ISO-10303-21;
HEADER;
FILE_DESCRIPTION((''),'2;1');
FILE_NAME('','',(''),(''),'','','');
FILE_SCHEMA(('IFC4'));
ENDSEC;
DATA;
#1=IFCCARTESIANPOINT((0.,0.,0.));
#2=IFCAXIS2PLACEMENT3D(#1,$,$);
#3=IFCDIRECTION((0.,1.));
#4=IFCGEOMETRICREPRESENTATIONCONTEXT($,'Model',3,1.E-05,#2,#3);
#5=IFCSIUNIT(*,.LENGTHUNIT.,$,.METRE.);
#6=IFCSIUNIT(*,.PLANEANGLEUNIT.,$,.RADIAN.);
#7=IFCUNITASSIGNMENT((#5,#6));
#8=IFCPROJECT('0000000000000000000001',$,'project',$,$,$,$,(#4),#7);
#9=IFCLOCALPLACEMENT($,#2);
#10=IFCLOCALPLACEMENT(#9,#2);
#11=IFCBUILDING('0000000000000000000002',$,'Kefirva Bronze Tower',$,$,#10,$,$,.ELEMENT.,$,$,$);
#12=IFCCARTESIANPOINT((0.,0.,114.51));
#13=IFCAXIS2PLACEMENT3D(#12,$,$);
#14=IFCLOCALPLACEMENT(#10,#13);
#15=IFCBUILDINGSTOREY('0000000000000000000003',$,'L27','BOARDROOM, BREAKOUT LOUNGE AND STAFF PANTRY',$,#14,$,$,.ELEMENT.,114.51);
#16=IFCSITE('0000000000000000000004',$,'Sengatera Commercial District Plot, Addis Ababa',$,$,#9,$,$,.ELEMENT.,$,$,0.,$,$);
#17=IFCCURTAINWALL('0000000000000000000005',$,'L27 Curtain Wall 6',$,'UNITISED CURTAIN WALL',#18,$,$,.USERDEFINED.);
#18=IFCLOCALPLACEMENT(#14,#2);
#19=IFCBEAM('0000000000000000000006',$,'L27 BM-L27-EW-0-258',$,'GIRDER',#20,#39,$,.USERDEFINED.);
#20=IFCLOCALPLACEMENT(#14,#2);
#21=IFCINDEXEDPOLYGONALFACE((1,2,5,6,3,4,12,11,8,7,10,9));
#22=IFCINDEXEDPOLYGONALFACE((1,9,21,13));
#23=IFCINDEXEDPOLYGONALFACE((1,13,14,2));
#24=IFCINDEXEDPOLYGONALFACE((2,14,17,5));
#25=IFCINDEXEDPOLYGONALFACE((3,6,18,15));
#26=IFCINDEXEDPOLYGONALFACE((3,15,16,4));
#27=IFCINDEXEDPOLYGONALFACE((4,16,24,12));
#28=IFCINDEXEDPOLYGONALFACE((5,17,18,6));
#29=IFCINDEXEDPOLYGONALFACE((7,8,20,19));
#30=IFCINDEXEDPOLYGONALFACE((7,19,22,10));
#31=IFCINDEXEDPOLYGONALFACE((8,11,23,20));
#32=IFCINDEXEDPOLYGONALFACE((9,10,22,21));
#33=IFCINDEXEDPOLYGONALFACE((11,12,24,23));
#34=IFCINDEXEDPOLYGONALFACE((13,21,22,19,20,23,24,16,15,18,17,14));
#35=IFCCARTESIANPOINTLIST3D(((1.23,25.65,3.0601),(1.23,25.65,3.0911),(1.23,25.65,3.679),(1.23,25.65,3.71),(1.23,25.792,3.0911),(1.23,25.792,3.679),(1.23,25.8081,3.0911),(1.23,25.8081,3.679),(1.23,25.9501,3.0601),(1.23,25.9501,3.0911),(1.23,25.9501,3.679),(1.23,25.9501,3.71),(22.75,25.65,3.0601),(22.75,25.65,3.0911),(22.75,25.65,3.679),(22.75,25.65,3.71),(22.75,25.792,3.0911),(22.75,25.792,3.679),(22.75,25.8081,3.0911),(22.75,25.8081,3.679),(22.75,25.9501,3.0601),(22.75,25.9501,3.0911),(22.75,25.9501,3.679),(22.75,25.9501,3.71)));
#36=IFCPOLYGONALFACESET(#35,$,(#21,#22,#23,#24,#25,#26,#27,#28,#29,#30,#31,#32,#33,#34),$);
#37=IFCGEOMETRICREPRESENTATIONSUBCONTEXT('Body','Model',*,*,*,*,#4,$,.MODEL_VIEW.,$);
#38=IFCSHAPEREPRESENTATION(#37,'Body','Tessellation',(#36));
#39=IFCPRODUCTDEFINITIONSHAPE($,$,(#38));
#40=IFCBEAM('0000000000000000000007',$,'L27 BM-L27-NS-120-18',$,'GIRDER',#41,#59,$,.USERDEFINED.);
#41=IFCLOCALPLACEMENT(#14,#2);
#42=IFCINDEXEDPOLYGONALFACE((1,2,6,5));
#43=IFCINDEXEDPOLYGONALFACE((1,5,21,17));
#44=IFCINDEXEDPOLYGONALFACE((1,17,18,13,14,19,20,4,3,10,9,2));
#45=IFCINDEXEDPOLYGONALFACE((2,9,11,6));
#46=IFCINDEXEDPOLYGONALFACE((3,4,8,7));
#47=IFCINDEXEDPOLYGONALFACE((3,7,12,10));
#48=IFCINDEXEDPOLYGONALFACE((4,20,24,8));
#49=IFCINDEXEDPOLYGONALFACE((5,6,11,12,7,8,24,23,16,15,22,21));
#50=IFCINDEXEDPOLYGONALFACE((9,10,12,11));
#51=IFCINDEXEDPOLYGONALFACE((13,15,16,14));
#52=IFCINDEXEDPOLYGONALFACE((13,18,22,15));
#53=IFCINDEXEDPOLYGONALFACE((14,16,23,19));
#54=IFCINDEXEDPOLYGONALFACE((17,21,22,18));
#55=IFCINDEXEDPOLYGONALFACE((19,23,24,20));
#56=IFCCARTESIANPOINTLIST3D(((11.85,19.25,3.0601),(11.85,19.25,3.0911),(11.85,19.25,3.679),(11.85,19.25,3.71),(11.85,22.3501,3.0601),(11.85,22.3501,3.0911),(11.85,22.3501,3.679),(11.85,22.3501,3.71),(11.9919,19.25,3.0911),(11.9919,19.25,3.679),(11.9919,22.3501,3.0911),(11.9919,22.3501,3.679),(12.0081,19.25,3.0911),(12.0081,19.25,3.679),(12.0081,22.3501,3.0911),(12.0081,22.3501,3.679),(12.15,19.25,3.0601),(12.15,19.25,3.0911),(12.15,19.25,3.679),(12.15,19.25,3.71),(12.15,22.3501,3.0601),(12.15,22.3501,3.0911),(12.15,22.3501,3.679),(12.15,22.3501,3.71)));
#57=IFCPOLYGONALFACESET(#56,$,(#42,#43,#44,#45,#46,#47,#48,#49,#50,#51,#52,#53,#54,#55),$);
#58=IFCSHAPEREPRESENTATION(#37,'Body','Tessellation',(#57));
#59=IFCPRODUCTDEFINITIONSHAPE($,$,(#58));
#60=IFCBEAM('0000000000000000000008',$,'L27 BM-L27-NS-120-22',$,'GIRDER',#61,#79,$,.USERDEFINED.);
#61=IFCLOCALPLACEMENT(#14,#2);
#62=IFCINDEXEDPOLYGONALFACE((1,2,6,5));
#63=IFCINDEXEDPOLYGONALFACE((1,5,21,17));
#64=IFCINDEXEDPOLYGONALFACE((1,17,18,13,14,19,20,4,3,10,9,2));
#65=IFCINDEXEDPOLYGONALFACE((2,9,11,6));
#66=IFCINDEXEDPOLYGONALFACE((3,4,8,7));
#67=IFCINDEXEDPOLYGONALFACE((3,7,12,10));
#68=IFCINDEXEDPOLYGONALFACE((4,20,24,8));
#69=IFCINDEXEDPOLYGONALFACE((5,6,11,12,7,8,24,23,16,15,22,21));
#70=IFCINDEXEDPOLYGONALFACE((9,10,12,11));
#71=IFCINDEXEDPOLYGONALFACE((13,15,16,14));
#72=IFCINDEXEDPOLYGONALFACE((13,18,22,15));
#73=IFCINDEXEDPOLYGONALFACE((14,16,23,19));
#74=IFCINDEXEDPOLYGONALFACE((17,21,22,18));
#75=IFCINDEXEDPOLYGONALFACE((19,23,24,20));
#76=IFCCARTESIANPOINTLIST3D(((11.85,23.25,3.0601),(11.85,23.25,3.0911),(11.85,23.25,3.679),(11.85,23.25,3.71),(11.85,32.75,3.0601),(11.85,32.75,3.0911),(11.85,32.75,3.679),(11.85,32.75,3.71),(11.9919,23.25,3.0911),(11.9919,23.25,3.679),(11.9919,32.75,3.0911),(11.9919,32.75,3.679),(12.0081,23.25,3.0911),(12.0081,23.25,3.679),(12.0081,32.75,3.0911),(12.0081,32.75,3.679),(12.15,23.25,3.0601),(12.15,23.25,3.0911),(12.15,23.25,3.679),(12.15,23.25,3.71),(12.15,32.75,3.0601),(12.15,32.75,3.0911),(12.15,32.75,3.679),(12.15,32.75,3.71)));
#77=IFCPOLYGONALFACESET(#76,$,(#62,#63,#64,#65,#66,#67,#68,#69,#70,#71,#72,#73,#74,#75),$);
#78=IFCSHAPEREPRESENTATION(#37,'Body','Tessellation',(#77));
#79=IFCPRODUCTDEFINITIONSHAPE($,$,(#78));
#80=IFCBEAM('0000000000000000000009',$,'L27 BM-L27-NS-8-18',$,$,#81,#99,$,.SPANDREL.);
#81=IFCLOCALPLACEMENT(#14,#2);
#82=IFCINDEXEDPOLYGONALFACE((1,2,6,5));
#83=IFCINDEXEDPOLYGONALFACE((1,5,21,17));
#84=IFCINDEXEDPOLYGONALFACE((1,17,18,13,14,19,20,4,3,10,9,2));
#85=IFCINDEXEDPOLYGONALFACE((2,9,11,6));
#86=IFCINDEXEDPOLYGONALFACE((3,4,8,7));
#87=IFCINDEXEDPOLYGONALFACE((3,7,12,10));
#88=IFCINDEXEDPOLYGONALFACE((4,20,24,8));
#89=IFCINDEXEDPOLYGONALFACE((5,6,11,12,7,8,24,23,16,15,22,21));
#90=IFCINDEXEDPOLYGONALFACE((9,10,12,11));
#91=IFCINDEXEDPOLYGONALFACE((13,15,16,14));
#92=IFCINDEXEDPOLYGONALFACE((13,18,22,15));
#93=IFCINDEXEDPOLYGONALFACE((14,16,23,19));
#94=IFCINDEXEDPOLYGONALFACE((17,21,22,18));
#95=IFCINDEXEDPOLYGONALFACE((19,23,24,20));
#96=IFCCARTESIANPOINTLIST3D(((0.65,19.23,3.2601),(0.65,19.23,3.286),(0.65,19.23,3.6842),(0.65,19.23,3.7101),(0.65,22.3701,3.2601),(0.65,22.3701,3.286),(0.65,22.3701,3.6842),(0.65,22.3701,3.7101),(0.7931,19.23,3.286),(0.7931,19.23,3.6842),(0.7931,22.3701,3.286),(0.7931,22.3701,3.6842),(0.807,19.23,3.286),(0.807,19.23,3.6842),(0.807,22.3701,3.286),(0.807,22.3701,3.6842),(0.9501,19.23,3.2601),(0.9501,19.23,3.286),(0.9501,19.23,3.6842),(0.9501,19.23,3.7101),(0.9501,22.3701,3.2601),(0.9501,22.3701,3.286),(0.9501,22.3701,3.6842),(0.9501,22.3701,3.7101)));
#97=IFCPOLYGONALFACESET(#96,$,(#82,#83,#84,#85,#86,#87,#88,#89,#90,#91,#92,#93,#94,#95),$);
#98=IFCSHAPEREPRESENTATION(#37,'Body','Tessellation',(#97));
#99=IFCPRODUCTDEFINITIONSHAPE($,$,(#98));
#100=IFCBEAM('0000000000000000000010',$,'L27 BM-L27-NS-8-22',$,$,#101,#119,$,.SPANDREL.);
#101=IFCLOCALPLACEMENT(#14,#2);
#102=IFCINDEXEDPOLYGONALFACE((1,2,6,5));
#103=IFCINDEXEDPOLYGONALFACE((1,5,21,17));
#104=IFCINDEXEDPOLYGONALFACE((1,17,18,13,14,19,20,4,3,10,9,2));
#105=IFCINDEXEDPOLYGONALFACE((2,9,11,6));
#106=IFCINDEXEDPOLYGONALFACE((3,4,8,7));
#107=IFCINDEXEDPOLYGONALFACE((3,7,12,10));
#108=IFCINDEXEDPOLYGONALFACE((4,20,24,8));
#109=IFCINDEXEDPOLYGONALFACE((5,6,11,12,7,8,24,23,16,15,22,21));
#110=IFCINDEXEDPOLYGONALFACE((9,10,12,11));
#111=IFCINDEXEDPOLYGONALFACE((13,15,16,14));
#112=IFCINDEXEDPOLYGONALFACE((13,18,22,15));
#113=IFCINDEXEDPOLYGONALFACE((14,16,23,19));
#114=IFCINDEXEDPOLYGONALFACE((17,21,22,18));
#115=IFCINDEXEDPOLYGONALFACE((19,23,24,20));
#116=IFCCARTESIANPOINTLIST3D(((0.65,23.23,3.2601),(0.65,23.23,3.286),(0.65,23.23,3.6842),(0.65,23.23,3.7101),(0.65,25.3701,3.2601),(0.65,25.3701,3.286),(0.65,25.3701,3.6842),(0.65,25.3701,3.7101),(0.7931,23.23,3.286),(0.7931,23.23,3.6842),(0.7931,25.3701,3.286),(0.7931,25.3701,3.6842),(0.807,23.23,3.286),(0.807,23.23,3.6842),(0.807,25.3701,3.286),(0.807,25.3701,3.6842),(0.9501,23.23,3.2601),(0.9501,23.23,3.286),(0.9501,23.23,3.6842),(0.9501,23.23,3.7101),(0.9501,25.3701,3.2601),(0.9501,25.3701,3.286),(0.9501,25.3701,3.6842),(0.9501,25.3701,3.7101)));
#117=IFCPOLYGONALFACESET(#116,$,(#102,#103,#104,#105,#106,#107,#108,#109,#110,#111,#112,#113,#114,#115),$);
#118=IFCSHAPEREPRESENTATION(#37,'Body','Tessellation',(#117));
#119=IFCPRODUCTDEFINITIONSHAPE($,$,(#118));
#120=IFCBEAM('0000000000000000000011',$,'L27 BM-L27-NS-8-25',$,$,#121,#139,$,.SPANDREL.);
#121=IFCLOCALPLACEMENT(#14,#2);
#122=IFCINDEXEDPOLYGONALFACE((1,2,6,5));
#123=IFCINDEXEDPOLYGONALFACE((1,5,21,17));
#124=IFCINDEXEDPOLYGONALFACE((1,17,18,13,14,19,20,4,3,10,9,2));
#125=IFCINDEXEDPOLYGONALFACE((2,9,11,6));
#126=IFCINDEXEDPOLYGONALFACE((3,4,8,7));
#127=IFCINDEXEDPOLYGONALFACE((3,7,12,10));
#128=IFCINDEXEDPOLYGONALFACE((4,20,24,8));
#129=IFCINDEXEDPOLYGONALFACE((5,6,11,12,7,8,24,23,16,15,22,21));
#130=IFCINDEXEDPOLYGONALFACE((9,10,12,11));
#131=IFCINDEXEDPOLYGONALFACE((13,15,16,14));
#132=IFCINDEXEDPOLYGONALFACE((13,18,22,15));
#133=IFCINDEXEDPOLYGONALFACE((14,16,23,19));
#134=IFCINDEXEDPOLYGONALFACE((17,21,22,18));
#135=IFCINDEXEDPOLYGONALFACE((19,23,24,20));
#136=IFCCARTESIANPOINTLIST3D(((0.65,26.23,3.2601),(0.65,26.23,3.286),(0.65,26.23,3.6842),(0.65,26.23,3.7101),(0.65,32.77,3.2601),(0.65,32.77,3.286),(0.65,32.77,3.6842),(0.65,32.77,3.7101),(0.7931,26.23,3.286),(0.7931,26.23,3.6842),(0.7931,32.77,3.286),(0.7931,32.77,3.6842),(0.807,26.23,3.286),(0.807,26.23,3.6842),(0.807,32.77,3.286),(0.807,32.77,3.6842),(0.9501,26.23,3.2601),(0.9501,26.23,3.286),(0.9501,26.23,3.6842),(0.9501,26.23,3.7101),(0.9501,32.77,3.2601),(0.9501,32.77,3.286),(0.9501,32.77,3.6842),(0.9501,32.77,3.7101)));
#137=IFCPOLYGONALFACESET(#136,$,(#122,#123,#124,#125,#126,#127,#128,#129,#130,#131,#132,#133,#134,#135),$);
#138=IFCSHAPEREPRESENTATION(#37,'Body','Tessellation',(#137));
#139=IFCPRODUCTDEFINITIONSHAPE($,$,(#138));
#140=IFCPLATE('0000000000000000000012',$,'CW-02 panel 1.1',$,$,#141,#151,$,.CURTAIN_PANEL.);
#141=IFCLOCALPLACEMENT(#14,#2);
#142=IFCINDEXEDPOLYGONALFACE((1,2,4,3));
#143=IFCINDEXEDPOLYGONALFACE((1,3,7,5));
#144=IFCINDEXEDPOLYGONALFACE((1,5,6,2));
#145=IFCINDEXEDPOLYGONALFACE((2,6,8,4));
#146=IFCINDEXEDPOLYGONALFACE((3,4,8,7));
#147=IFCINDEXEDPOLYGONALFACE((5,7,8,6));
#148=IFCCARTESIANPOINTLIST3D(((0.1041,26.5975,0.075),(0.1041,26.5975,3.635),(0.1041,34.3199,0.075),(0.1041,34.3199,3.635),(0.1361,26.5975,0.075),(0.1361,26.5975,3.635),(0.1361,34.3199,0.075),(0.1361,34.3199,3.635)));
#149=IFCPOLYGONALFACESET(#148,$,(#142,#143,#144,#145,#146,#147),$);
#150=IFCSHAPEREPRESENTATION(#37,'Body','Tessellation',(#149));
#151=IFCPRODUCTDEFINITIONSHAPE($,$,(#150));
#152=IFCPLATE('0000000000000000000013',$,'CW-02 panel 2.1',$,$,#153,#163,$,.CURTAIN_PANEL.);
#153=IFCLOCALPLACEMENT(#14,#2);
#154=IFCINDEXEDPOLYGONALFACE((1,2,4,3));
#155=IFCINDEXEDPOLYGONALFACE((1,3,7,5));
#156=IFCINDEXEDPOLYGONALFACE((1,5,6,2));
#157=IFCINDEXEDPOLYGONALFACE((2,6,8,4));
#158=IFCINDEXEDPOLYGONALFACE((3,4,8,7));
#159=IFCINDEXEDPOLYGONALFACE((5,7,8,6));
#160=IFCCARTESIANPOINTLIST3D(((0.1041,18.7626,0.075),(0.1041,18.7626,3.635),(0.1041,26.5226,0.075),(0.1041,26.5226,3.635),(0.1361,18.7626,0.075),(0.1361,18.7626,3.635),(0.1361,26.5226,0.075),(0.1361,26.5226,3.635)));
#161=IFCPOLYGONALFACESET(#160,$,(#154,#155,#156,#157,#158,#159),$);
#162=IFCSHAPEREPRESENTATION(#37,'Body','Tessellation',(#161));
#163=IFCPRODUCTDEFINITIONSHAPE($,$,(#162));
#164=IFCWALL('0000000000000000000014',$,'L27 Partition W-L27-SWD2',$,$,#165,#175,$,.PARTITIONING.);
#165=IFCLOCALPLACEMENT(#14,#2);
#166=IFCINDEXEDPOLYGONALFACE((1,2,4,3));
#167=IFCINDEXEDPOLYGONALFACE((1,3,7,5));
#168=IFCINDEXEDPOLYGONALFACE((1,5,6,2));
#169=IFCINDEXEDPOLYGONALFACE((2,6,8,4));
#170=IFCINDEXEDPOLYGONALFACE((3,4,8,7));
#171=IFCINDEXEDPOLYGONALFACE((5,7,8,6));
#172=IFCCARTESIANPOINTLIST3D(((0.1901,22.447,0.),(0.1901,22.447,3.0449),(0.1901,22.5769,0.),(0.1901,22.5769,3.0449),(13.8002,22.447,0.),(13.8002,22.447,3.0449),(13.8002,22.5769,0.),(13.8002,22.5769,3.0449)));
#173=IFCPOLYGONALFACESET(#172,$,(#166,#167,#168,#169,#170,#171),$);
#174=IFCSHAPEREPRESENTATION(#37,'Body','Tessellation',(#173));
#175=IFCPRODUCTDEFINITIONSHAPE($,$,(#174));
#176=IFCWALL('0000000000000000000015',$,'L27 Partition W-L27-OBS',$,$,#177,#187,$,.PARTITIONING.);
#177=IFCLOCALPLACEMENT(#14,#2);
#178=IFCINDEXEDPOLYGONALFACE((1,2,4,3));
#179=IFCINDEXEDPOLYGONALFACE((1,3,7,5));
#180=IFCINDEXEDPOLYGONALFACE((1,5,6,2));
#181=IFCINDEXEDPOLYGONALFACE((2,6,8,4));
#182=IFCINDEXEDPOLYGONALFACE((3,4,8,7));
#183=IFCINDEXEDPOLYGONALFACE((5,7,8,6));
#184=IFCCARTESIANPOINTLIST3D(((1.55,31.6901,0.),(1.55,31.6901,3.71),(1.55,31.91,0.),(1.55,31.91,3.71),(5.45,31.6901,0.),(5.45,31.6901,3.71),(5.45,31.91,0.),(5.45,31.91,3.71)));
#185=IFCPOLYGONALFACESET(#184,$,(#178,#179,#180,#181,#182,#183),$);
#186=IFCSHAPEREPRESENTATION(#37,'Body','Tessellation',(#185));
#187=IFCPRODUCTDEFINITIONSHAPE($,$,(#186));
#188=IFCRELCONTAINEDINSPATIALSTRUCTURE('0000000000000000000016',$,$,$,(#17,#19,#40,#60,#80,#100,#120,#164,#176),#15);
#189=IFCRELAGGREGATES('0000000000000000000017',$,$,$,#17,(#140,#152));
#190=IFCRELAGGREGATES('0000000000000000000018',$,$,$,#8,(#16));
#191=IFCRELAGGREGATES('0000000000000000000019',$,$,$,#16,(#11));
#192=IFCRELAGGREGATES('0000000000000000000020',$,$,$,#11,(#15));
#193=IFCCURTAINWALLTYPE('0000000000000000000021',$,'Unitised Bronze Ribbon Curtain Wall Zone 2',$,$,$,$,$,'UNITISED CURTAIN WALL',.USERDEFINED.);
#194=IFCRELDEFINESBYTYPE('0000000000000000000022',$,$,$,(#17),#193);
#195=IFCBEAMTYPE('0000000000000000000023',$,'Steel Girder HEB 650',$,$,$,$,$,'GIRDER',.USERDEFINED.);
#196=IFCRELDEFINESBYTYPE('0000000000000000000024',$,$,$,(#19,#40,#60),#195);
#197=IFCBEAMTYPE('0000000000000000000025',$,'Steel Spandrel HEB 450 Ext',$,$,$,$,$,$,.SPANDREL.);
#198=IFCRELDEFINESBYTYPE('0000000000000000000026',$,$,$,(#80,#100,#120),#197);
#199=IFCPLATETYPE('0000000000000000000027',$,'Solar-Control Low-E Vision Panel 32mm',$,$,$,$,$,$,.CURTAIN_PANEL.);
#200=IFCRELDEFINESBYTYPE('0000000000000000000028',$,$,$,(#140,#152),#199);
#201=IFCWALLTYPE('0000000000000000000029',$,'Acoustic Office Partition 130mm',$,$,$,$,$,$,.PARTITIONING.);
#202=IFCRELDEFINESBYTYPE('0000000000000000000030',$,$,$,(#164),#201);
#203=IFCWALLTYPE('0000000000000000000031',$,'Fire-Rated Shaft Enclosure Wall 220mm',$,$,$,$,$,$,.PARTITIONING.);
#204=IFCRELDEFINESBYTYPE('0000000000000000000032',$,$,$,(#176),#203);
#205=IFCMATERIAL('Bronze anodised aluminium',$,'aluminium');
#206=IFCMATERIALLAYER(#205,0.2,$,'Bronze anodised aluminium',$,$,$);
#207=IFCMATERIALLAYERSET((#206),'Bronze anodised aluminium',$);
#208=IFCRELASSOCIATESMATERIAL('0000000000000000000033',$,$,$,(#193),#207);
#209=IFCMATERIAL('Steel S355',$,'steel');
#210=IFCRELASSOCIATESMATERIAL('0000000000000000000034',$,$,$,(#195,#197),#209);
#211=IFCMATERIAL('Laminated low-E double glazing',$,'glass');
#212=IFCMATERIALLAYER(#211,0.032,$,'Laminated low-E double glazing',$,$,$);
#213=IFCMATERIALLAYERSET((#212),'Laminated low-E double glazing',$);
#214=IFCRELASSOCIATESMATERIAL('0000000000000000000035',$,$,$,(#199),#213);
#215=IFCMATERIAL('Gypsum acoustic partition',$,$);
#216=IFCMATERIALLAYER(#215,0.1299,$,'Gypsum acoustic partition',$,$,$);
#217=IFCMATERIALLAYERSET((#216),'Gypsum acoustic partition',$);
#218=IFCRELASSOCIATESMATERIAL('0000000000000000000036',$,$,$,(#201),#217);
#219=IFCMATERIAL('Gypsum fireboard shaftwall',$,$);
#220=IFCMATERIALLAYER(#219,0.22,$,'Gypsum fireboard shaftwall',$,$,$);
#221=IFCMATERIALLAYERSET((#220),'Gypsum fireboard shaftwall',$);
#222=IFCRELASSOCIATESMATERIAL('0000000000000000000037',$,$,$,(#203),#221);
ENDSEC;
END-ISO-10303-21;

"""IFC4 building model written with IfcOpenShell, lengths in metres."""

from ifc_helpers import new_model, si_unit, direction, frame, frame_2d, origin, origin_2d, place, context, subcontext, project, spatial, rectangle, i_section, extrude, material, layer, layer_set, material_profile, profile_set, type_object, element, aggregate, save


model = new_model("IFC4")

# Units and contexts
model_context = context("Model", 3, precision=1e-05, world=origin(), true_north=direction((0.0, 1.0)))
body_context = subcontext(model_context, "Body", "Model", "MODEL_VIEW")
ifc_project = project(units=[si_unit("LENGTHUNIT", "METRE"), si_unit("PLANEANGLEUNIT", "RADIAN")], contexts=[model_context])

# Site, building, storey
site_placement = place(None, origin())
site = spatial("IfcSite", under=ifc_project, at=site_placement, Name="Sengatera Commercial District Plot, Addis Ababa", CompositionType="ELEMENT", RefElevation=0.0)
building_placement = place(site_placement, origin())
building = spatial("IfcBuilding", under=site, at=building_placement, Name="Kefirva Bronze Tower", CompositionType="ELEMENT")
storey_placement = place(building_placement, frame((0.0, 0.0, 114.51)))
storey = spatial("IfcBuildingStorey", under=building, at=storey_placement, Name="L27", Description="BOARDROOM, BREAKOUT LOUNGE AND STAFF PANTRY", CompositionType="ELEMENT", Elevation=114.51)

# Curtain wall
ifc_material_1 = material(Name="Bronze anodised aluminium", Category="aluminium")
ifc_layer_1 = layer(ifc_material_1, 0.2, Name="Bronze anodised aluminium")
ifc_layer_set_1 = layer_set([ifc_layer_1], Name="Bronze anodised aluminium")
curtain_wall_type = type_object("IfcCurtainWallType", Name="Unitised Bronze Ribbon Curtain Wall Zone 2", ElementType="UNITISED CURTAIN WALL", PredefinedType="USERDEFINED", material=ifc_layer_set_1)
curtain_wall_placement = place(storey_placement, origin())
curtain_wall = element("IfcCurtainWall", 1, at=curtain_wall_placement, inside=storey, type_object=curtain_wall_type, Name="L27 Curtain Wall 6", ObjectType="UNITISED CURTAIN WALL", PredefinedType="USERDEFINED")

# Beams
ifc_material_2 = material(Name="Steel S355", Category="steel")
ifc_material_profile_1 = material_profile(ifc_material_2, i_section(OverallWidth=0.3, OverallDepth=0.6499, WebThickness=0.0161, FlangeThickness=0.031, at=origin_2d()), Name="HEB 650")
ifc_profile_set_1 = profile_set([ifc_material_profile_1], Name="Steel S355")
beam_type_1 = type_object("IfcBeamType", Name="Steel Girder HEB 650", ElementType="GIRDER", PredefinedType="USERDEFINED", material=ifc_profile_set_1)
beam_1_placement = place(storey_placement, frame((1.23, 25.8, 3.385), z_axis=(1.0, 0.0, 0.0), x_axis=(0.0, 1.0, 0.0)))
element("IfcBeam", 2, at=beam_1_placement, inside=storey, type_object=beam_type_1, Name="L27 BM-L27-EW-0-258", ObjectType="GIRDER", PredefinedType="USERDEFINED", context=body_context, shape_type="SweptSolid", body=[
    extrude(i_section(OverallWidth=0.3, OverallDepth=0.6499, WebThickness=0.0161, FlangeThickness=0.031, at=origin_2d()), origin(), (0.0, 0.0, 1.0), 21.52),
])
beam_2_placement = place(storey_placement, frame((12.0, 19.25, 3.385), z_axis=(0.0, 1.0, 0.0), x_axis=(-1.0, 0.0, 0.0)))
element("IfcBeam", 3, at=beam_2_placement, inside=storey, type_object=beam_type_1, Name="L27 BM-L27-NS-120-18", ObjectType="GIRDER", PredefinedType="USERDEFINED", context=body_context, shape_type="SweptSolid", body=[
    extrude(i_section(OverallWidth=0.3, OverallDepth=0.6499, WebThickness=0.0161, FlangeThickness=0.031, at=origin_2d()), origin(), (0.0, 0.0, 1.0), 3.1001),
])
beam_3_placement = place(storey_placement, frame((12.0, 23.25, 3.385), z_axis=(0.0, 1.0, 0.0), x_axis=(-1.0, 0.0, 0.0)))
element("IfcBeam", 4, at=beam_3_placement, inside=storey, type_object=beam_type_1, Name="L27 BM-L27-NS-120-22", ObjectType="GIRDER", PredefinedType="USERDEFINED", context=body_context, shape_type="SweptSolid", body=[
    extrude(i_section(OverallWidth=0.3, OverallDepth=0.6499, WebThickness=0.0161, FlangeThickness=0.031, at=origin_2d()), origin(), (0.0, 0.0, 1.0), 9.5),
])
ifc_material_profile_2 = material_profile(ifc_material_2, i_section(OverallWidth=0.3, OverallDepth=0.45, WebThickness=0.0139, FlangeThickness=0.0259, at=origin_2d()), Name="HEB 450")
ifc_profile_set_2 = profile_set([ifc_material_profile_2], Name="Steel S355")
beam_type_2 = type_object("IfcBeamType", Name="Steel Spandrel HEB 450 Ext", PredefinedType="SPANDREL", material=ifc_profile_set_2)
beam_4_placement = place(storey_placement, frame((0.8, 19.23, 3.4851), z_axis=(0.0, 1.0, 0.0), x_axis=(-1.0, 0.0, 0.0)))
element("IfcBeam", 5, at=beam_4_placement, inside=storey, type_object=beam_type_2, Name="L27 BM-L27-NS-8-18", PredefinedType="SPANDREL", context=body_context, shape_type="SweptSolid", body=[
    extrude(i_section(OverallWidth=0.3, OverallDepth=0.45, WebThickness=0.0139, FlangeThickness=0.0259, at=origin_2d()), origin(), (0.0, 0.0, 1.0), 3.1401),
])
beam_5_placement = place(storey_placement, frame((0.8, 23.23, 3.4851), z_axis=(0.0, 1.0, 0.0), x_axis=(-1.0, 0.0, 0.0)))
element("IfcBeam", 6, at=beam_5_placement, inside=storey, type_object=beam_type_2, Name="L27 BM-L27-NS-8-22", PredefinedType="SPANDREL", context=body_context, shape_type="SweptSolid", body=[
    extrude(i_section(OverallWidth=0.3, OverallDepth=0.45, WebThickness=0.0139, FlangeThickness=0.0259, at=origin_2d()), origin(), (0.0, 0.0, 1.0), 2.1401),
])
beam_6_placement = place(storey_placement, frame((0.8, 26.23, 3.4851), z_axis=(0.0, 1.0, 0.0), x_axis=(-1.0, 0.0, 0.0)))
element("IfcBeam", 7, at=beam_6_placement, inside=storey, type_object=beam_type_2, Name="L27 BM-L27-NS-8-25", PredefinedType="SPANDREL", context=body_context, shape_type="SweptSolid", body=[
    extrude(i_section(OverallWidth=0.3, OverallDepth=0.45, WebThickness=0.0139, FlangeThickness=0.0259, at=origin_2d()), origin(), (0.0, 0.0, 1.0), 6.54),
])

# Plates
ifc_material_3 = material(Name="Laminated low-E double glazing", Category="glass")
ifc_layer_2 = layer(ifc_material_3, 0.032, Name="Laminated low-E double glazing")
ifc_layer_set_2 = layer_set([ifc_layer_2], Name="Laminated low-E double glazing")
plate_type = type_object("IfcPlateType", Name="Solar-Control Low-E Vision Panel 32mm", PredefinedType="CURTAIN_PANEL", material=ifc_layer_set_2)
plate_1_placement = place(storey_placement, frame((0.1201, 30.4587, 0.075), z_axis=(0.0, 0.0, 1.0), x_axis=(0.0, -1.0, 0.0)))
plate_1 = element("IfcPlate", 8, at=plate_1_placement, type_object=plate_type, Name="CW-02 panel 1.1", PredefinedType="CURTAIN_PANEL", context=body_context, shape_type="SweptSolid", body=[
    extrude(rectangle(XDim=7.7224, YDim=0.032, at=origin_2d()), origin(), (0.0, 0.0, 1.0), 3.5601),
])
plate_2_placement = place(storey_placement, frame((0.1201, 22.6426, 0.075), z_axis=(0.0, 0.0, 1.0), x_axis=(0.0, -1.0, 0.0)))
plate_2 = element("IfcPlate", 9, at=plate_2_placement, type_object=plate_type, Name="CW-02 panel 2.1", PredefinedType="CURTAIN_PANEL", context=body_context, shape_type="SweptSolid", body=[
    extrude(rectangle(XDim=7.76, YDim=0.032, at=origin_2d()), origin(), (0.0, 0.0, 1.0), 3.5601),
])
aggregate(curtain_wall, [plate_1, plate_2])

# Walls
ifc_material_4 = material(Name="Gypsum acoustic partition")
ifc_layer_3 = layer(ifc_material_4, 0.1299, Name="Gypsum acoustic partition")
ifc_layer_set_3 = layer_set([ifc_layer_3], Name="Gypsum acoustic partition")
wall_type_1 = type_object("IfcWallType", Name="Acoustic Office Partition 130mm", PredefinedType="PARTITIONING", material=ifc_layer_set_3)
wall_1_placement = place(storey_placement, frame((0.1899, 22.512, 0.0), z_axis=(0.0, 0.0, 1.0), x_axis=(1.0, 0.0, 0.0)))
element("IfcWall", 10, at=wall_1_placement, inside=storey, type_object=wall_type_1, Name="L27 Partition W-L27-SWD2", PredefinedType="PARTITIONING", context=body_context, shape_type="SweptSolid", body=[
    extrude(rectangle(XDim=13.6101, YDim=0.1299, at=frame_2d((6.8052, 0.0))), origin(), (0.0, 0.0, 1.0), 3.0449),
])
ifc_material_5 = material(Name="Gypsum fireboard shaftwall")
ifc_layer_4 = layer(ifc_material_5, 0.22, Name="Gypsum fireboard shaftwall")
ifc_layer_set_4 = layer_set([ifc_layer_4], Name="Gypsum fireboard shaftwall")
wall_type_2 = type_object("IfcWallType", Name="Fire-Rated Shaft Enclosure Wall 220mm", PredefinedType="PARTITIONING", material=ifc_layer_set_4)
wall_2_placement = place(storey_placement, frame((1.55, 31.8, 0.0), z_axis=(0.0, 0.0, 1.0), x_axis=(1.0, 0.0, 0.0)))
element("IfcWall", 11, at=wall_2_placement, inside=storey, type_object=wall_type_2, Name="L27 Partition W-L27-OBS", PredefinedType="PARTITIONING", context=body_context, shape_type="SweptSolid", body=[
    extrude(rectangle(XDim=3.8999, YDim=0.22, at=frame_2d((1.95, 0.0))), origin(), (0.0, 0.0, 1.0), 3.71),
])

save(model, "model.ifc")
